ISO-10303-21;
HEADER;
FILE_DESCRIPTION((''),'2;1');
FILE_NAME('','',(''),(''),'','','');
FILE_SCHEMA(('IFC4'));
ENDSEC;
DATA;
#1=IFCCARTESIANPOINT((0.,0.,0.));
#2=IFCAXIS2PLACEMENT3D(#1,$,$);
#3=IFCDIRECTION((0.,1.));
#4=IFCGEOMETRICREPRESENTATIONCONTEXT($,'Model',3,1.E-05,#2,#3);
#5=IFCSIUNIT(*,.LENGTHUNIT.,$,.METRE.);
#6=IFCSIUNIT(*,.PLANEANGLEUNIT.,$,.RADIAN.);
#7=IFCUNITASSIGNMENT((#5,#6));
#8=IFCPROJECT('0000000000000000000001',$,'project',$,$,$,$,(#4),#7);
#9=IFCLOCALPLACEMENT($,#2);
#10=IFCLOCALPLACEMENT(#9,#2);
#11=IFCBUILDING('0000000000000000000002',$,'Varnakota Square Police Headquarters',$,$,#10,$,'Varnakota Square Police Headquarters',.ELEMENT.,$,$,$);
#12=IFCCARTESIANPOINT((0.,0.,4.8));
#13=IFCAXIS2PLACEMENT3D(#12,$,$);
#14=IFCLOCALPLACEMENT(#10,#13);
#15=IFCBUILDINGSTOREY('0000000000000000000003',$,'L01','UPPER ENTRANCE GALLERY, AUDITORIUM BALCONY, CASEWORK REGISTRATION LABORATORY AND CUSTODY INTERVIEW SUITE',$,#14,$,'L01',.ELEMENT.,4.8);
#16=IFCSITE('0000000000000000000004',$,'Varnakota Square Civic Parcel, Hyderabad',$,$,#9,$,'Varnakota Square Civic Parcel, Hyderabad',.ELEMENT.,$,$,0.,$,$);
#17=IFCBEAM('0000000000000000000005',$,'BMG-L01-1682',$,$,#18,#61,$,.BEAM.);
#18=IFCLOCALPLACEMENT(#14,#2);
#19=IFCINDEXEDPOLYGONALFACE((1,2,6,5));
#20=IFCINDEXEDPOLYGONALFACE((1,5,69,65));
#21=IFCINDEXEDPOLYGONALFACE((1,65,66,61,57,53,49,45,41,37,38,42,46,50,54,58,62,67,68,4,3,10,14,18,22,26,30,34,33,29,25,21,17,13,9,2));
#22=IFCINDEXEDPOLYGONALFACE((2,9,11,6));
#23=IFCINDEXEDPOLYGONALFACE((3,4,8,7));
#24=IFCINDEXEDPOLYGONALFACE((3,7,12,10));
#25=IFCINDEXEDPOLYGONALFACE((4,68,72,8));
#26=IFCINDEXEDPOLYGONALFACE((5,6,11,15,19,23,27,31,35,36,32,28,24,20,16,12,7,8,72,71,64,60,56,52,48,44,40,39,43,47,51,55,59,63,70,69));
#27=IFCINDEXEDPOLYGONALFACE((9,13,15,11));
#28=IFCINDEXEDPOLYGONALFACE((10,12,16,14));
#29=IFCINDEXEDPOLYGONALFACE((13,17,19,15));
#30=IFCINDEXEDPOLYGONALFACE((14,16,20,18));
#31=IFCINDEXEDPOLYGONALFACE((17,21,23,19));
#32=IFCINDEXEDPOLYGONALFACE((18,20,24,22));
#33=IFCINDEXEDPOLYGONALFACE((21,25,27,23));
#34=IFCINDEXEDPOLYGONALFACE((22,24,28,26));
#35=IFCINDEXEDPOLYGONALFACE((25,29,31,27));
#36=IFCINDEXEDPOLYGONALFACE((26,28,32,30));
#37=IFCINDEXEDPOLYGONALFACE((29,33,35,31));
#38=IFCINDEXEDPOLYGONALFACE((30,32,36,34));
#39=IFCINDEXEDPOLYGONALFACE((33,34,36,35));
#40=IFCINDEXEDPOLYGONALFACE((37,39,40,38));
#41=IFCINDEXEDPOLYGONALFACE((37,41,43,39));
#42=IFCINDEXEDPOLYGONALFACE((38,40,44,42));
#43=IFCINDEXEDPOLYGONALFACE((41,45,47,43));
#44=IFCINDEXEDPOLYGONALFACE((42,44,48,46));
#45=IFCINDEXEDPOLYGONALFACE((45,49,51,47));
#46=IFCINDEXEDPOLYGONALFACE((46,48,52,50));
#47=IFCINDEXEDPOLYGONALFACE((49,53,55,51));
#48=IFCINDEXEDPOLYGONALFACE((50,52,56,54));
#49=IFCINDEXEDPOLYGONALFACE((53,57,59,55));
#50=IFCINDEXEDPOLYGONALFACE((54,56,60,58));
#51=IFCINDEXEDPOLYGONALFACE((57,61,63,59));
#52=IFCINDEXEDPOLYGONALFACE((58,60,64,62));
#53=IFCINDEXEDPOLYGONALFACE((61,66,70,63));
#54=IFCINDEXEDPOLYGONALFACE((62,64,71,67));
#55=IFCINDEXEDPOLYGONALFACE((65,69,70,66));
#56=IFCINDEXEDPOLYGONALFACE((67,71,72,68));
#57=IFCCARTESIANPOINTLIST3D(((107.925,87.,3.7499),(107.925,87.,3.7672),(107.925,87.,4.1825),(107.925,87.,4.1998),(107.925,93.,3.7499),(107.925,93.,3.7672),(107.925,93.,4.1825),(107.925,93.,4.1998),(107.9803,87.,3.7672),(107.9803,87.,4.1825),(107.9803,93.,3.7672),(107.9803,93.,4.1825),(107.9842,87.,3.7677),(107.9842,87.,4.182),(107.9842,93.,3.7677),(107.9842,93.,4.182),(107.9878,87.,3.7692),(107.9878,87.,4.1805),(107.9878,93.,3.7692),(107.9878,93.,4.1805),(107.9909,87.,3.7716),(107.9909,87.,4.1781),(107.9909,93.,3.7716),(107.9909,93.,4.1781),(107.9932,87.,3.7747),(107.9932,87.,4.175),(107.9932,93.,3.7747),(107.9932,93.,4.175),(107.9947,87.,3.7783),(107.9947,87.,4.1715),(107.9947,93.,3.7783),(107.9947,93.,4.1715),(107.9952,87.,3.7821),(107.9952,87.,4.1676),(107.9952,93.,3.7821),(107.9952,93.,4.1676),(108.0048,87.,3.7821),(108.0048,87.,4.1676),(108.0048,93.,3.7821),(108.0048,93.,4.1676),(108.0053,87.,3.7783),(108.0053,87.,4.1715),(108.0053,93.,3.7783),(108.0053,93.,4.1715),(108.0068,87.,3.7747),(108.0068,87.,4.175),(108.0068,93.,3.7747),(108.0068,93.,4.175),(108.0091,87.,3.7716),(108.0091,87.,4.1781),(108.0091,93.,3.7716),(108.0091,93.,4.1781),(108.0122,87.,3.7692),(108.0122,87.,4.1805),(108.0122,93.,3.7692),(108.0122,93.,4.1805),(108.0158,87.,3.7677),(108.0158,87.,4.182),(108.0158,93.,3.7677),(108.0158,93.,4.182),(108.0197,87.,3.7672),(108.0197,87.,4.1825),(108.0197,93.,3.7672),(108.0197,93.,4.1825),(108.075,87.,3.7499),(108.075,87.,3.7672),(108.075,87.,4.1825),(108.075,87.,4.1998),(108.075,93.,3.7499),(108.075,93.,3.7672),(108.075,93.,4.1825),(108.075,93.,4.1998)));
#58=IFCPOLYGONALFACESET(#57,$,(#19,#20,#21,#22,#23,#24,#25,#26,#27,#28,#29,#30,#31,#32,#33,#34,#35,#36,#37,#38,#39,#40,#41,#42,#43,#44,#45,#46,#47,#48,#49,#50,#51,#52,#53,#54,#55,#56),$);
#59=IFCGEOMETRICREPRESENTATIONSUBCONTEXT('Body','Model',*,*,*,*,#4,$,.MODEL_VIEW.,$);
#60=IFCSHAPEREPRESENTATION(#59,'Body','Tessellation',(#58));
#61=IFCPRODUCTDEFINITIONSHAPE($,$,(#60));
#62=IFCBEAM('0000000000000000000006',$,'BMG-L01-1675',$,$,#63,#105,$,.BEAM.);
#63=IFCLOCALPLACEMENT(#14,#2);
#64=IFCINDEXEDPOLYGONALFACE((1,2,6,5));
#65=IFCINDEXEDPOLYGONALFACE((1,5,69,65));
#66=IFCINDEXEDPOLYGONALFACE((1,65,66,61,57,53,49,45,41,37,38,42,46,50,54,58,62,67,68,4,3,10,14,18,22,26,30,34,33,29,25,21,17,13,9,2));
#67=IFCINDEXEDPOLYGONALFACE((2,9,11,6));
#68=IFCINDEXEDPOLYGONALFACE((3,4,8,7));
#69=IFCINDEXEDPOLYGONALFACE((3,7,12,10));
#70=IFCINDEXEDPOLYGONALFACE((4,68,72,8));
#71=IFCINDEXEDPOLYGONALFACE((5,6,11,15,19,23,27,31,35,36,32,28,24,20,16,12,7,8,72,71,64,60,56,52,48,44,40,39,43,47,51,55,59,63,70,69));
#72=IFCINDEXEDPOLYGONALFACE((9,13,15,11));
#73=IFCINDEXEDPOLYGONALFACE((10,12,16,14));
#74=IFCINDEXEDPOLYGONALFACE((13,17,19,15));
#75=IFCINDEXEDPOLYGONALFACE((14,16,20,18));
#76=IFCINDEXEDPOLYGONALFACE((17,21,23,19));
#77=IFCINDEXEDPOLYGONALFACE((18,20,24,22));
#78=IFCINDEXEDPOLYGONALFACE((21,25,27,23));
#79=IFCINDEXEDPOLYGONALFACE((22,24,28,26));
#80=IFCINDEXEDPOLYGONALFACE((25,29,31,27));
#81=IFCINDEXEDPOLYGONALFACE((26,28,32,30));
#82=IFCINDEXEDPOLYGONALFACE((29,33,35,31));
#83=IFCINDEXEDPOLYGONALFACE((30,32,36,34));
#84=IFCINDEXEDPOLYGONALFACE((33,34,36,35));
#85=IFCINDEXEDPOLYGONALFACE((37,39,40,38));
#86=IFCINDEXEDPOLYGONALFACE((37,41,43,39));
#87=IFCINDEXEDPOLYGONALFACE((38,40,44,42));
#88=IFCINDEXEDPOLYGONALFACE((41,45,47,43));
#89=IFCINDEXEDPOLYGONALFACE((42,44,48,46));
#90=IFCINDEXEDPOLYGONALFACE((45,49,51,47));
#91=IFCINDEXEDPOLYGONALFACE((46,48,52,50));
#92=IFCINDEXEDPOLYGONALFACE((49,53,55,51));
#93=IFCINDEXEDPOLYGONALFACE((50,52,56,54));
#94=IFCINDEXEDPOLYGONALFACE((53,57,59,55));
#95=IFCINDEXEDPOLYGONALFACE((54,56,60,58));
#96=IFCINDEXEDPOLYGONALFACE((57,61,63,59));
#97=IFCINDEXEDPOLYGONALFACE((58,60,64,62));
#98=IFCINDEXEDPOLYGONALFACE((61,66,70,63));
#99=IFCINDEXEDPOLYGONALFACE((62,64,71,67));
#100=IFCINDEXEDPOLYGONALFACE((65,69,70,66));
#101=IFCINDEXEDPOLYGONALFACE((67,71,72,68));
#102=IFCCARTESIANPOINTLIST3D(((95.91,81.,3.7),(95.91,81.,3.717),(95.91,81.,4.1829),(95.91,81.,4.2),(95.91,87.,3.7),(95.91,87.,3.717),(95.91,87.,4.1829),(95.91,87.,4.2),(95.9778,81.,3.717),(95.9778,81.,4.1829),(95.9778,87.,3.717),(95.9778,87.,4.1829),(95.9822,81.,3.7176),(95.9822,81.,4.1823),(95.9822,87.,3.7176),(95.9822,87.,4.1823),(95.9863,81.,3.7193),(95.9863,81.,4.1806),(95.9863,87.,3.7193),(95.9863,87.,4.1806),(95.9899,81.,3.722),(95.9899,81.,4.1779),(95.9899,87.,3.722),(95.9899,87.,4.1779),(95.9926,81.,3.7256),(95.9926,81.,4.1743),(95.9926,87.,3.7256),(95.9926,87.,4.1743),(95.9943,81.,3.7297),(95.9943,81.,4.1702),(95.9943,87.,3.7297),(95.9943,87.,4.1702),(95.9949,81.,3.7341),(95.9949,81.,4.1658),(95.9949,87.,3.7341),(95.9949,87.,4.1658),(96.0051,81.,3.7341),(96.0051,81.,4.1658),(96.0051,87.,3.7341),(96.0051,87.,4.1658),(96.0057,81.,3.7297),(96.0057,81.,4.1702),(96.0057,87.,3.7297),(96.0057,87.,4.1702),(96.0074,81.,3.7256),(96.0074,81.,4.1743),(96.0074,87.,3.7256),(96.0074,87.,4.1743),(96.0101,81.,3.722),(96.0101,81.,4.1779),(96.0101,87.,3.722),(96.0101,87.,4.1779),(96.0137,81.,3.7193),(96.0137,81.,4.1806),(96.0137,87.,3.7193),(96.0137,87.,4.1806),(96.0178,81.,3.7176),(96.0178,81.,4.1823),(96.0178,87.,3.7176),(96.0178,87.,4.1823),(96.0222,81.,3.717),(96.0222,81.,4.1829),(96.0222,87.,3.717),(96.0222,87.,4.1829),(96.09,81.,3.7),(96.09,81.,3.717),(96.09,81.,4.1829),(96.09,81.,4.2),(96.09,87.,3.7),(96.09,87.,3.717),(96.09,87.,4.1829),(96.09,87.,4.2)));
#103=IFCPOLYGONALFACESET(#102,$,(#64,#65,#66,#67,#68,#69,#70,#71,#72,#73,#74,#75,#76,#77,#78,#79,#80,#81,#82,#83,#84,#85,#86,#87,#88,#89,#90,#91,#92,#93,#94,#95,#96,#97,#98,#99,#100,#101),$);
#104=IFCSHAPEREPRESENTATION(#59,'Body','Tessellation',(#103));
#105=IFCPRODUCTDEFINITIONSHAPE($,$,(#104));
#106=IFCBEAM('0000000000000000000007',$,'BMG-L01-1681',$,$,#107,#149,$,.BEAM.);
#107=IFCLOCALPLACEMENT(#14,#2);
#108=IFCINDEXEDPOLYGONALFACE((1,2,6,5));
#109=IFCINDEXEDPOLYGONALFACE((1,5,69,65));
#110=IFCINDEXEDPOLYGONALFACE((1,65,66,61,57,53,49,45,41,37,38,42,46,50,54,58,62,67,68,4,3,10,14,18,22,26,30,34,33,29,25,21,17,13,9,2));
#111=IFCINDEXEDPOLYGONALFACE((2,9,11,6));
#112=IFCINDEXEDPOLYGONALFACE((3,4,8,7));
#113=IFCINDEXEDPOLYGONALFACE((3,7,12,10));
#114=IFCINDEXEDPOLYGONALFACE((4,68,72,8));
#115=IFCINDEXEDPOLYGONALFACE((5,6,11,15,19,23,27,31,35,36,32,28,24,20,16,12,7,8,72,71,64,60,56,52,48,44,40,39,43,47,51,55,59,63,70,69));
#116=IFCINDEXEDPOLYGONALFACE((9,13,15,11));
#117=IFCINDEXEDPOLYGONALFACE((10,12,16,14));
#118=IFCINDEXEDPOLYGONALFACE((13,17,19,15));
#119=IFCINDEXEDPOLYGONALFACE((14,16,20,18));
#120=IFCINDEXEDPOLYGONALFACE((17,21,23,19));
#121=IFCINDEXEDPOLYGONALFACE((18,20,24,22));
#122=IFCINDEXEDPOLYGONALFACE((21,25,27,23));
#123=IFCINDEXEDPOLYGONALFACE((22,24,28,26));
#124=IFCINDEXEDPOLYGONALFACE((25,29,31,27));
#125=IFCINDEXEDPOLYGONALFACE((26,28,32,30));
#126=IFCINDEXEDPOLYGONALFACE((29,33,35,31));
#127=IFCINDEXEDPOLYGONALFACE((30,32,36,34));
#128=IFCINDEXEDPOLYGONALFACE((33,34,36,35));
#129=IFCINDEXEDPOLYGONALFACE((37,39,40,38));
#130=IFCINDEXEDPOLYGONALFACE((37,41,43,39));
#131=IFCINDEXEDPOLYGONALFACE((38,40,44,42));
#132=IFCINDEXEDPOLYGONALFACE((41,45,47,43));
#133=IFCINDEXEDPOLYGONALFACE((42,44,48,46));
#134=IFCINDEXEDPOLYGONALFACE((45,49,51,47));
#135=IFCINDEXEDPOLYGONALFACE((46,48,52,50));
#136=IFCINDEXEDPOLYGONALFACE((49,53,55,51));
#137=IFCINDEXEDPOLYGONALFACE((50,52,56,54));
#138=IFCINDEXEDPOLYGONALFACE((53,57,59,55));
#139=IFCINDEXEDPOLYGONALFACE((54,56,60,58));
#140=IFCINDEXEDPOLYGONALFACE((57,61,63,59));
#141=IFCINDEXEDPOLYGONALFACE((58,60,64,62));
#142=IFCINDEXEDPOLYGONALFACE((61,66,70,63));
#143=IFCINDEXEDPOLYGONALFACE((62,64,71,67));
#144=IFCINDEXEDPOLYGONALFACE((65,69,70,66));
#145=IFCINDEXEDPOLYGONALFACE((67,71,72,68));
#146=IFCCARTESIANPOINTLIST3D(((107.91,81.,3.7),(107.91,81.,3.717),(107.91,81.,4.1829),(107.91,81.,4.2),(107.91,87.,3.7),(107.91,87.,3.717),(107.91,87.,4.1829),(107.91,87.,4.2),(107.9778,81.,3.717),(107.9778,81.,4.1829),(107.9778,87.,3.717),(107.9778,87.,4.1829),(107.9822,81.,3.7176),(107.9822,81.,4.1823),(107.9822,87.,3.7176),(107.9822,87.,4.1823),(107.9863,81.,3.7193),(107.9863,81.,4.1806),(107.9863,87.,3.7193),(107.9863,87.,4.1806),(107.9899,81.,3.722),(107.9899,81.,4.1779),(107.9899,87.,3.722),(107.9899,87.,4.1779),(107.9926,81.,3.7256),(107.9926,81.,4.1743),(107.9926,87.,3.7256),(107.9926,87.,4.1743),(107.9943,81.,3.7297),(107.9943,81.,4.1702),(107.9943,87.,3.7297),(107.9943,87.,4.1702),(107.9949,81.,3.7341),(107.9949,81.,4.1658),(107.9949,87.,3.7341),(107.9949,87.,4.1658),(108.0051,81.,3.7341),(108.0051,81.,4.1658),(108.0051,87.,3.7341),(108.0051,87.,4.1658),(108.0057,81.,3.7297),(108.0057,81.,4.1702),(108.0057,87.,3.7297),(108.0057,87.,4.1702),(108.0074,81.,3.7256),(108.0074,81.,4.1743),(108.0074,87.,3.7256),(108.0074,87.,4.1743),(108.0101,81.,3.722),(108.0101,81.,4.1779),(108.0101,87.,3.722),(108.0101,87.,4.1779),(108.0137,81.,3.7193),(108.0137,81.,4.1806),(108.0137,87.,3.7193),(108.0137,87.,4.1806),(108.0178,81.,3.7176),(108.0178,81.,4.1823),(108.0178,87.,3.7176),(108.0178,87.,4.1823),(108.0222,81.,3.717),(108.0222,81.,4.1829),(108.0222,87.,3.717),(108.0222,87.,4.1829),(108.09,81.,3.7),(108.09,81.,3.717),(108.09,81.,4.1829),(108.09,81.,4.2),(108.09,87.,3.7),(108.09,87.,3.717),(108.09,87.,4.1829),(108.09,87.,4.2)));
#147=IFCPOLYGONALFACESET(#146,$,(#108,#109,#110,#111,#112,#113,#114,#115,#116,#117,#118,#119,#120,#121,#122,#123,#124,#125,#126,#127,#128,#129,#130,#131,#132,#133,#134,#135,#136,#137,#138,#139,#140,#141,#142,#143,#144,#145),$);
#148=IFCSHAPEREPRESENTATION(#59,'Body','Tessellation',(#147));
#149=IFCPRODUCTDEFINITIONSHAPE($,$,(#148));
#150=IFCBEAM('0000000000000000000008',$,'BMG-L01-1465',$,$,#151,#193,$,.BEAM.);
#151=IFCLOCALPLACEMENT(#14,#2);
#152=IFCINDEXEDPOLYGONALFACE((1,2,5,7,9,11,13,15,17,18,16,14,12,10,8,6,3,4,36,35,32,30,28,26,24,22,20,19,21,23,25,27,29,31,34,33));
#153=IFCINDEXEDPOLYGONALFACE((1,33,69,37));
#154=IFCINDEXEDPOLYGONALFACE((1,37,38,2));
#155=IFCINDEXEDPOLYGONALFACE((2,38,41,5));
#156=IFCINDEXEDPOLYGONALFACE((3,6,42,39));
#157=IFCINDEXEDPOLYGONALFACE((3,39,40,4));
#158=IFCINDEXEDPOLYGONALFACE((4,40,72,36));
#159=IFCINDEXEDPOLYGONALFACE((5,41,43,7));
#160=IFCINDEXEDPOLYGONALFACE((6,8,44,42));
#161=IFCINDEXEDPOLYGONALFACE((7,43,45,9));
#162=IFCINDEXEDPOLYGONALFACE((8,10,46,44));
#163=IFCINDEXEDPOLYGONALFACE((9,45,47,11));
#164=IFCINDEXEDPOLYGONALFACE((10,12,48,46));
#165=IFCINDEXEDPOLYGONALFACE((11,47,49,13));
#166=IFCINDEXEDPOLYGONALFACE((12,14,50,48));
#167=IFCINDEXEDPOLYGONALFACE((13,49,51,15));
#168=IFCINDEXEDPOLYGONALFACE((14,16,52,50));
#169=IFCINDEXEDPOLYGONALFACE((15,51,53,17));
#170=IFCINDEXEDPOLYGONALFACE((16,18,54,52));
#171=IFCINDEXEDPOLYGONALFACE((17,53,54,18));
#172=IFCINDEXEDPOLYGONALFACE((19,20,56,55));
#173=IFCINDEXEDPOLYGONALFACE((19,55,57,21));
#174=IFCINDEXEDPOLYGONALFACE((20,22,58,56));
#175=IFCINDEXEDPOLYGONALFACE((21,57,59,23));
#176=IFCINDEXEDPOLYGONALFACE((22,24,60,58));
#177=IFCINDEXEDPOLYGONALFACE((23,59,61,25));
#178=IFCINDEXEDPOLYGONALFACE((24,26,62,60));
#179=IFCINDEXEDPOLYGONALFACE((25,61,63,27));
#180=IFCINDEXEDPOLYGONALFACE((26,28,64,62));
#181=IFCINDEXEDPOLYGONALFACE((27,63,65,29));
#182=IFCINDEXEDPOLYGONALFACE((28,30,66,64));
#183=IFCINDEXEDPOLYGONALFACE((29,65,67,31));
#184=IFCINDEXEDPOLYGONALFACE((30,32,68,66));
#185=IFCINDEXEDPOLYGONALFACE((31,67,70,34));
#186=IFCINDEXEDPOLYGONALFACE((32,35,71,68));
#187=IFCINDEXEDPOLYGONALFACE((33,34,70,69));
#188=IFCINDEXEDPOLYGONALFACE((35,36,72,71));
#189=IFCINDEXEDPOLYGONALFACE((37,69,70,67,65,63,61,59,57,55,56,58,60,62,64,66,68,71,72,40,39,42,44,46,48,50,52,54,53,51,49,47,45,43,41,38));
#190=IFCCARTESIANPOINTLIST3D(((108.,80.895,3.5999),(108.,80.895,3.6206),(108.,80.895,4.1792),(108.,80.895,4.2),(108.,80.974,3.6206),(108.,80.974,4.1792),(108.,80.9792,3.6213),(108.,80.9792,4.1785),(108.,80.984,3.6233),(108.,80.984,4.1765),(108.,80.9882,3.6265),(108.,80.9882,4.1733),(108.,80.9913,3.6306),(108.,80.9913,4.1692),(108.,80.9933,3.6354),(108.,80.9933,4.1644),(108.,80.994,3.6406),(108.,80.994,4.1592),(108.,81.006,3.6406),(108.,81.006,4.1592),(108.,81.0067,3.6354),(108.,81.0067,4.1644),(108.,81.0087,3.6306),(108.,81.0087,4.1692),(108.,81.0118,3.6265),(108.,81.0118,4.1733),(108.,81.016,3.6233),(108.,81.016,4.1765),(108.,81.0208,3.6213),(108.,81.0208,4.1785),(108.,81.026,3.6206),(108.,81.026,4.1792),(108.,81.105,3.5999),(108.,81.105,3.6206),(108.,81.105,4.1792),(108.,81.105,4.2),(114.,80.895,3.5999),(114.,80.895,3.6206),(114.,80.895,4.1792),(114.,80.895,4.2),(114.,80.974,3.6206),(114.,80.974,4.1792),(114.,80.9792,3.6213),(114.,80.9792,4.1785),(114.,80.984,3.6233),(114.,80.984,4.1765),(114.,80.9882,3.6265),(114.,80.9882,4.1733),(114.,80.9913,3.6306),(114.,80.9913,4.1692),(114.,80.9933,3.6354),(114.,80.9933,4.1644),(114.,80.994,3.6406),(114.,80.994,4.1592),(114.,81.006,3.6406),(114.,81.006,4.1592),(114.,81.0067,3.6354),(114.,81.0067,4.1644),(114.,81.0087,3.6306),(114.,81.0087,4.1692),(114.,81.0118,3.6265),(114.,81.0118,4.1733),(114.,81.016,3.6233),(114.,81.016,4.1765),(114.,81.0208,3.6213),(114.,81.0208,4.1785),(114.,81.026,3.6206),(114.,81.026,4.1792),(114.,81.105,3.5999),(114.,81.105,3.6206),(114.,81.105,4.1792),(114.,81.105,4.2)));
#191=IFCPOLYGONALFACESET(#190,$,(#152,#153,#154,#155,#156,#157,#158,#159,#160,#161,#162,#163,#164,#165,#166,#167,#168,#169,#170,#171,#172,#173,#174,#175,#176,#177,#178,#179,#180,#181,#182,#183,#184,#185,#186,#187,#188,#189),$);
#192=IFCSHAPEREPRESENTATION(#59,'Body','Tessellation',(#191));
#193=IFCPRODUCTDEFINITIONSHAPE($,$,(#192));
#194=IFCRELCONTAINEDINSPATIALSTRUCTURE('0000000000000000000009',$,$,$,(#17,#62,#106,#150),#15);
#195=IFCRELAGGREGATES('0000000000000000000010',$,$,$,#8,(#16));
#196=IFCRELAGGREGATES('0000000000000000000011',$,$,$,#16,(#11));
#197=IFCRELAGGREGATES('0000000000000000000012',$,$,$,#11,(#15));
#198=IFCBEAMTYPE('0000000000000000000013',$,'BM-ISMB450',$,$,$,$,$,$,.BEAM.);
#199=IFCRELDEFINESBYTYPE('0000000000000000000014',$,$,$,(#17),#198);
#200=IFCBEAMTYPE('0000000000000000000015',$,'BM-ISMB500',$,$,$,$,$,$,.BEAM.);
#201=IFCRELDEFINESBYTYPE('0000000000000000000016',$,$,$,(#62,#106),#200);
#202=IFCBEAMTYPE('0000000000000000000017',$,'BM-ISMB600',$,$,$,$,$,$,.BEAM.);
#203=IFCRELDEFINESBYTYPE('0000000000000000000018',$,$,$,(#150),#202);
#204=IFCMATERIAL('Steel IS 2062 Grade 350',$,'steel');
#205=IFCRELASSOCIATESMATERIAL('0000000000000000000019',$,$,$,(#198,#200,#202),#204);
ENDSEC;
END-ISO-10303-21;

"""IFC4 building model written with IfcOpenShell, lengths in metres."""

from ifc_helpers import new_model, si_unit, direction, frame, origin, origin_2d, place, context, subcontext, project, spatial, i_section, extrude, material, material_profile, profile_set, type_object, element, save


model = new_model("IFC4")

# Units and contexts
model_context = context("Model", 3, precision=1e-05, world=origin(), true_north=direction((0.0, 1.0)))
body_context = subcontext(model_context, "Body", "Model", "MODEL_VIEW")
ifc_project = project(units=[si_unit("LENGTHUNIT", "METRE"), si_unit("PLANEANGLEUNIT", "RADIAN")], contexts=[model_context])

# Site, building, storey
site_placement = place(None, origin())
site = spatial("IfcSite", under=ifc_project, at=site_placement, Name="Varnakota Square Civic Parcel, Hyderabad", LongName="Varnakota Square Civic Parcel, Hyderabad", CompositionType="ELEMENT", RefElevation=0.0)
building_placement = place(site_placement, origin())
building = spatial("IfcBuilding", under=site, at=building_placement, Name="Varnakota Square Police Headquarters", LongName="Varnakota Square Police Headquarters", CompositionType="ELEMENT")
storey_placement = place(building_placement, frame((0.0, 0.0, 4.8)))
storey = spatial("IfcBuildingStorey", under=building, at=storey_placement, Name="L01", Description="UPPER ENTRANCE GALLERY, AUDITORIUM BALCONY, CASEWORK REGISTRATION LABORATORY AND CUSTODY INTERVIEW SUITE", LongName="L01", CompositionType="ELEMENT", Elevation=4.8)

# Shared definitions
ifc_material_1 = material(Name="Steel IS 2062 Grade 350", Category="steel")

# Beams
ifc_material_profile_1 = material_profile(ifc_material_1, i_section(OverallWidth=0.1499, OverallDepth=0.45, WebThickness=0.0095, FlangeThickness=0.0173, FilletRadius=0.0149, at=origin_2d()), Name="ISMB 450")
ifc_profile_set_1 = profile_set([ifc_material_profile_1], Name="Steel IS 2062 Grade 350")
beam_type_1 = type_object("IfcBeamType", Name="BM-ISMB450", PredefinedType="BEAM", material=ifc_profile_set_1)
beam_1_placement = place(storey_placement, frame((108.0, 87.0, 3.9749), z_axis=(0.0, 1.0, 0.0), x_axis=(-1.0, 0.0, 0.0)))
element("IfcBeam", 1, at=beam_1_placement, inside=storey, type_object=beam_type_1, Name="BMG-L01-1682", PredefinedType="BEAM", context=body_context, shape_type="SweptSolid", body=[
    extrude(i_section(OverallWidth=0.1499, OverallDepth=0.45, WebThickness=0.0095, FlangeThickness=0.0173, FilletRadius=0.0149, at=origin_2d()), origin(), (0.0, 0.0, 1.0), 6.0),
])
ifc_material_profile_2 = material_profile(ifc_material_1, i_section(OverallWidth=0.1799, OverallDepth=0.5, WebThickness=0.0103, FlangeThickness=0.0171, FilletRadius=0.0171, at=origin_2d()), Name="ISMB 500")
ifc_profile_set_2 = profile_set([ifc_material_profile_2], Name="Steel IS 2062 Grade 350")
beam_type_2 = type_object("IfcBeamType", Name="BM-ISMB500", PredefinedType="BEAM", material=ifc_profile_set_2)
for number, where, z_axis, x_axis, name in (
    (2, (96.0, 81.0, 3.95), (0.0, 1.0, 0.0), (-1.0, 0.0, 0.0), "BMG-L01-1675"),
    (3, (108.0, 81.0, 3.95), (0.0, 1.0, 0.0), (-1.0, 0.0, 0.0), "BMG-L01-1681"),
):
    element("IfcBeam", number, at=place(storey_placement, frame(where, z_axis=z_axis, x_axis=x_axis)), inside=storey, type_object=beam_type_2, Name=name, PredefinedType="BEAM", context=body_context, shape_type="SweptSolid", body=[
        extrude(i_section(OverallWidth=0.1799, OverallDepth=0.5, WebThickness=0.0103, FlangeThickness=0.0171, FilletRadius=0.0171, at=origin_2d()), origin(), (0.0, 0.0, 1.0), 6.0),
    ])
ifc_material_profile_3 = material_profile(ifc_material_1, i_section(OverallWidth=0.21, OverallDepth=0.6001, WebThickness=0.012, FlangeThickness=0.0208, FilletRadius=0.02, at=origin_2d()), Name="ISMB 600")
ifc_profile_set_3 = profile_set([ifc_material_profile_3], Name="Steel IS 2062 Grade 350")
beam_type_3 = type_object("IfcBeamType", Name="BM-ISMB600", PredefinedType="BEAM", material=ifc_profile_set_3)
for number, where, z_axis, x_axis, name in (
    (4, (108.0, 81.0, 3.8999), (1.0, 0.0, 0.0), (0.0, 1.0, 0.0), "BMG-L01-1465"),
):
    element("IfcBeam", number, at=place(storey_placement, frame(where, z_axis=z_axis, x_axis=x_axis)), inside=storey, type_object=beam_type_3, Name=name, PredefinedType="BEAM", context=body_context, shape_type="SweptSolid", body=[
        extrude(i_section(OverallWidth=0.21, OverallDepth=0.6001, WebThickness=0.012, FlangeThickness=0.0208, FilletRadius=0.02, at=origin_2d()), origin(), (0.0, 0.0, 1.0), 6.0),
    ])

save(model, "model.ifc")
